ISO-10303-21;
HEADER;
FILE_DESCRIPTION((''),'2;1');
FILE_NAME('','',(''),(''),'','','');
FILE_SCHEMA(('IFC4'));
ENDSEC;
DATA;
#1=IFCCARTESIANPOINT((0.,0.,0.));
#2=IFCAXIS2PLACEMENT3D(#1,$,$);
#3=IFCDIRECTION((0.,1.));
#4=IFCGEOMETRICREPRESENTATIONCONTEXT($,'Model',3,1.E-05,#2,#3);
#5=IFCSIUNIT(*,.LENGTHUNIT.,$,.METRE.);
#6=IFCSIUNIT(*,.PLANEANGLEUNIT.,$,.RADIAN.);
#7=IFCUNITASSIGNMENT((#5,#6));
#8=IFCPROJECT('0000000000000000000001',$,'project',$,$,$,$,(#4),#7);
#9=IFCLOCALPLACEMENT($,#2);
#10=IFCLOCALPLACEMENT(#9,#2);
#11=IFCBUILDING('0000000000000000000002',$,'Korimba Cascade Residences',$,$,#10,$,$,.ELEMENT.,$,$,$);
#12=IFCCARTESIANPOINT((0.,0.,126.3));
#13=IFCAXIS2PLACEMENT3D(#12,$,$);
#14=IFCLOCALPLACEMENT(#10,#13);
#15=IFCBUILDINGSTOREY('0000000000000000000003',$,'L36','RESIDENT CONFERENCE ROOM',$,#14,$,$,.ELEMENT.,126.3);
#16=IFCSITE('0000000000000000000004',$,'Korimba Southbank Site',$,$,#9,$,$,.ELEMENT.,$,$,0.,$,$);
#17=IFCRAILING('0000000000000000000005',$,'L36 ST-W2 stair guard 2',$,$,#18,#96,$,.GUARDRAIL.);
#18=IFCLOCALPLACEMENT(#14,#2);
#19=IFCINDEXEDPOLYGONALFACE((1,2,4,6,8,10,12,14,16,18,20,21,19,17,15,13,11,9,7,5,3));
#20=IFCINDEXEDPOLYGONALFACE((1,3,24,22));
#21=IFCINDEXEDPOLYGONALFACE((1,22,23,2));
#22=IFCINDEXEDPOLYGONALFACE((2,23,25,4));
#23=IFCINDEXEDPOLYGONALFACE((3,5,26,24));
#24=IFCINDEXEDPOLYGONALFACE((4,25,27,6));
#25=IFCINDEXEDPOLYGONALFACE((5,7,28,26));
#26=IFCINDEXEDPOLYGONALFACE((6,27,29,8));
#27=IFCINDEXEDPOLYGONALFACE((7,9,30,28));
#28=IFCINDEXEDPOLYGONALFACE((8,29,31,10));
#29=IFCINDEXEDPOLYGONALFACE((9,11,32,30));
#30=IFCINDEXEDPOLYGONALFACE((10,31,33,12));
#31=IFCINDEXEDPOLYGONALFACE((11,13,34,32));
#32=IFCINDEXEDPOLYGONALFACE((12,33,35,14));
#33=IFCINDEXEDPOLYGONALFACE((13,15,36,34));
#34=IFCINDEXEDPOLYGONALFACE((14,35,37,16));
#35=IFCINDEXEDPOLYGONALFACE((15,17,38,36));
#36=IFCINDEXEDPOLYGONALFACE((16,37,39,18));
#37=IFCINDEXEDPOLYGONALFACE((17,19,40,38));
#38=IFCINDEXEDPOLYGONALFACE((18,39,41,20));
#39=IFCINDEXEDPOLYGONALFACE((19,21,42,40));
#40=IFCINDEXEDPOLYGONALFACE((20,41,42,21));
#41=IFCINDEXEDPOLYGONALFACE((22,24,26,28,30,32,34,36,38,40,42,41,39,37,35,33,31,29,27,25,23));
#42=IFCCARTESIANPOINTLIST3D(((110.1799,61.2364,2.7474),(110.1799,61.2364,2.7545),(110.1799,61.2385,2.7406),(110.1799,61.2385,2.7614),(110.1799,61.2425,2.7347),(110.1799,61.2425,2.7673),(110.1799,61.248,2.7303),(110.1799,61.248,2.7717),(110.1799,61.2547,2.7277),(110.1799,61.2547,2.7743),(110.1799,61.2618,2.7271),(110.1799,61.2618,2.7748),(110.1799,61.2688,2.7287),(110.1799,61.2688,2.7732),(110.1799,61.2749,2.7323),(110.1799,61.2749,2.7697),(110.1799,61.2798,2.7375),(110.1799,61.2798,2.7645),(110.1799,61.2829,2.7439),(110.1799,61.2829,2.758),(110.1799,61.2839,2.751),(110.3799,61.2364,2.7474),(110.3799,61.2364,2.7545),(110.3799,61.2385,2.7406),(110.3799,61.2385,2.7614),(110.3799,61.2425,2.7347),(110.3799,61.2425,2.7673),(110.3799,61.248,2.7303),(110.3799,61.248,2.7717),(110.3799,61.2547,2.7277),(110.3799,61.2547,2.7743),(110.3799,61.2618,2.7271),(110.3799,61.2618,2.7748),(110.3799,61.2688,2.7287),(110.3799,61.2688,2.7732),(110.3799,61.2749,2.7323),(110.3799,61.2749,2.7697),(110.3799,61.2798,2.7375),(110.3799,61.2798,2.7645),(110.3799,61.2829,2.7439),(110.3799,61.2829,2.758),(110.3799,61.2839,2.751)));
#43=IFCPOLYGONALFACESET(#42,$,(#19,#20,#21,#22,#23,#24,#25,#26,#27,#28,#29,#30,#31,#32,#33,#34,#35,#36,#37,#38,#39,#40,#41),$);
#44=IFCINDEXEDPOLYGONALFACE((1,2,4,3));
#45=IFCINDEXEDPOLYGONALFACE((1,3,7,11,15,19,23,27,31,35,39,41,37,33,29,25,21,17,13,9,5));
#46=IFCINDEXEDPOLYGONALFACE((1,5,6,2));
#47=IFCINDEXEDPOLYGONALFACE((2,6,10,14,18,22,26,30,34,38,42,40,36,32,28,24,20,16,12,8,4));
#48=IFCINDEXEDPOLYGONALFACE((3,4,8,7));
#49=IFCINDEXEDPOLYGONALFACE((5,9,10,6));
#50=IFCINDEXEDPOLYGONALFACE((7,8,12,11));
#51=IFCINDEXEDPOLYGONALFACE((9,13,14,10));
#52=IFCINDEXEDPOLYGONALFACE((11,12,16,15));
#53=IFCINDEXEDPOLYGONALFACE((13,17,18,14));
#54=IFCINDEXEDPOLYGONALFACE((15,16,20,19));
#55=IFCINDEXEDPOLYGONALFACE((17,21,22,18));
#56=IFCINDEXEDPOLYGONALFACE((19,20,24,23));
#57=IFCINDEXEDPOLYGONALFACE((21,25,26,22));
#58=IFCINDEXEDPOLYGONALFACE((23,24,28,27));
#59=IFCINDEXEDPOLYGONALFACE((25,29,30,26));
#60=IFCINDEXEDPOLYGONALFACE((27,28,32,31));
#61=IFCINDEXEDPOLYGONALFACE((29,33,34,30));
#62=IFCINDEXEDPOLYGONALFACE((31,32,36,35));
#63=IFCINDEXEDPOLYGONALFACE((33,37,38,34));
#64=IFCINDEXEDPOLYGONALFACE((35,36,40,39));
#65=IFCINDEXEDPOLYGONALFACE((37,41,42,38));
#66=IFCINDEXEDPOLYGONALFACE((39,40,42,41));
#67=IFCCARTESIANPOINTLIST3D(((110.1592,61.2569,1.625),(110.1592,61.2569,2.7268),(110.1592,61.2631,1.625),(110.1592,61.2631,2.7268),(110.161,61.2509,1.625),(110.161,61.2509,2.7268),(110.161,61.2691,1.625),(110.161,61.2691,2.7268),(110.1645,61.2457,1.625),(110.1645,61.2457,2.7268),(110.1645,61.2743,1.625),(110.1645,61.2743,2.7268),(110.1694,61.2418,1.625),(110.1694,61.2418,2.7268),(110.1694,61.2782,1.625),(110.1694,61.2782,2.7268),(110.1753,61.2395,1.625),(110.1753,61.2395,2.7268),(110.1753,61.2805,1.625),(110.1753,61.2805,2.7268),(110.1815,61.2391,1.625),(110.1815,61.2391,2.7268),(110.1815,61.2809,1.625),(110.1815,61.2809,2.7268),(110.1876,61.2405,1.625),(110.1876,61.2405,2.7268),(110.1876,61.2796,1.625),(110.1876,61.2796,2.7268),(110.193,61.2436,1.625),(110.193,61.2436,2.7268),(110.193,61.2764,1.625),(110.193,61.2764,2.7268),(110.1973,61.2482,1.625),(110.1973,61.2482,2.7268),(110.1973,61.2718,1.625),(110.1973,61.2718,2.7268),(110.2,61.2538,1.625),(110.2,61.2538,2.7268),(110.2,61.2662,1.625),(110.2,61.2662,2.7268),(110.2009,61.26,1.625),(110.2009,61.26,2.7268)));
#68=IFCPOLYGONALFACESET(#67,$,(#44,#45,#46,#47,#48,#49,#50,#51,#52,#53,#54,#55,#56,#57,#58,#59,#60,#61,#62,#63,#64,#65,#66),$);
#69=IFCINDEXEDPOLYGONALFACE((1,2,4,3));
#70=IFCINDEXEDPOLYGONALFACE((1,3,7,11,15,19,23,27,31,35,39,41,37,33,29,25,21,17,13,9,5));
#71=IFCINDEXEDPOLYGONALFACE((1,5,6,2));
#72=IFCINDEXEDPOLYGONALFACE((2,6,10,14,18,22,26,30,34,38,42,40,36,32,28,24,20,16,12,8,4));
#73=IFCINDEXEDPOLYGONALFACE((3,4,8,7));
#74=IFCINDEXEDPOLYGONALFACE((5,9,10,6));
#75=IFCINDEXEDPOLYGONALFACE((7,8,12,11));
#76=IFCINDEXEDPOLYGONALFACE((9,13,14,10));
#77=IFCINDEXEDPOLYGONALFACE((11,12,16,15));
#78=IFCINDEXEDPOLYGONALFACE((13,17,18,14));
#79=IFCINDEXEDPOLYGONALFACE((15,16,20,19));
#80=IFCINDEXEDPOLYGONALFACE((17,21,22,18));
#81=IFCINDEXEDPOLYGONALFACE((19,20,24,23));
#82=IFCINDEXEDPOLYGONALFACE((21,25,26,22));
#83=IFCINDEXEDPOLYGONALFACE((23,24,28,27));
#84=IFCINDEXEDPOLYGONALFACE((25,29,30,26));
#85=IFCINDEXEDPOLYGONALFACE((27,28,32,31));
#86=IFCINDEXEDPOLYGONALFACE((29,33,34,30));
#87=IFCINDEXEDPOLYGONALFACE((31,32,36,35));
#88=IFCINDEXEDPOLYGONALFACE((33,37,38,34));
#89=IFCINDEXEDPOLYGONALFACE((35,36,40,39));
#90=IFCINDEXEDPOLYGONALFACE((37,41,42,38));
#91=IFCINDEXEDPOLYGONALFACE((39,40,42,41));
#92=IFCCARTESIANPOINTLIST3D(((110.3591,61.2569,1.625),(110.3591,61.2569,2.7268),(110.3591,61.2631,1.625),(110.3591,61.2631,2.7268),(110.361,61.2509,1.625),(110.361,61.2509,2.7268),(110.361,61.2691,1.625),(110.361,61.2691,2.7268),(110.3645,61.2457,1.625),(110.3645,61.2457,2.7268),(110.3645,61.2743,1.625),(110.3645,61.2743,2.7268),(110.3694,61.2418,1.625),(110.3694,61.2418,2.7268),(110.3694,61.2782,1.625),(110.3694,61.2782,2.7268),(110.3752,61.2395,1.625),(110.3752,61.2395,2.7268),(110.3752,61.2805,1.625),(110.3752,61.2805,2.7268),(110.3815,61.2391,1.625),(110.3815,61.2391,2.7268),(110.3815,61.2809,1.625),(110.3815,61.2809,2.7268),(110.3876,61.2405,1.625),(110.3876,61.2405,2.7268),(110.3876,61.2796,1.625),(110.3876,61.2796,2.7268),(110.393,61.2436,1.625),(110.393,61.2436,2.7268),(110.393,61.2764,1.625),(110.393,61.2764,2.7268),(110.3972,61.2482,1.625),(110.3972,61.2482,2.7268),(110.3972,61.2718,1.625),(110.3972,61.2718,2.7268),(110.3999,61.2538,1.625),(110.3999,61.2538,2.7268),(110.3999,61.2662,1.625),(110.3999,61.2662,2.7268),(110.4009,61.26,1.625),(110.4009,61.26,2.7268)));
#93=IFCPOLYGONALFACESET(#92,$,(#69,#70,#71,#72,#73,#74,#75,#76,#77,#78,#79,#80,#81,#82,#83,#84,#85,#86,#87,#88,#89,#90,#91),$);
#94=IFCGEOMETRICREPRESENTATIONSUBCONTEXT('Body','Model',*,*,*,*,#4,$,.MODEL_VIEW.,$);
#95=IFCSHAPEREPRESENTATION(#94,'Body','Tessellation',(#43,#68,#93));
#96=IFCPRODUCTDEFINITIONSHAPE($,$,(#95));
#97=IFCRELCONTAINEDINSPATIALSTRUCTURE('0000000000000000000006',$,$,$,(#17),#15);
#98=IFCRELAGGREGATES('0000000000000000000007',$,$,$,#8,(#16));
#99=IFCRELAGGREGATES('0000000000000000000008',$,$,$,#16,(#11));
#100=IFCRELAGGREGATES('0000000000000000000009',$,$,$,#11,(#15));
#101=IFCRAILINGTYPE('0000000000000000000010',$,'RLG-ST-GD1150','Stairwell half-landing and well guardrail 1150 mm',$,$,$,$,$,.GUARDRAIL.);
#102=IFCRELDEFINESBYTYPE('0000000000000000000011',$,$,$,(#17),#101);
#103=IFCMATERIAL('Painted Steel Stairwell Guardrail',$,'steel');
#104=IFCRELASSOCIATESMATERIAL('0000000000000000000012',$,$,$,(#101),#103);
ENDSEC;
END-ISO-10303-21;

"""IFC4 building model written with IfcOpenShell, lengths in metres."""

from ifc_helpers import new_model, si_unit, direction, frame, origin, origin_2d, place, context, subcontext, project, spatial, circle, extrude, material, type_object, element, save


model = new_model("IFC4")

# Units and contexts
model_context = context("Model", 3, precision=1e-05, world=origin(), true_north=direction((0.0, 1.0)))
body_context = subcontext(model_context, "Body", "Model", "MODEL_VIEW")
ifc_project = project(units=[si_unit("LENGTHUNIT", "METRE"), si_unit("PLANEANGLEUNIT", "RADIAN")], contexts=[model_context])

# Site, building, storey
site_placement = place(None, origin())
site = spatial("IfcSite", under=ifc_project, at=site_placement, Name="Korimba Southbank Site", CompositionType="ELEMENT", RefElevation=0.0)
building_placement = place(site_placement, origin())
building = spatial("IfcBuilding", under=site, at=building_placement, Name="Korimba Cascade Residences", CompositionType="ELEMENT")
storey_placement = place(building_placement, frame((0.0, 0.0, 126.3)))
storey = spatial("IfcBuildingStorey", under=building, at=storey_placement, Name="L36", Description="RESIDENT CONFERENCE ROOM", CompositionType="ELEMENT", Elevation=126.3)

# Railing
ifc_material_1 = material(Name="Painted Steel Stairwell Guardrail", Category="steel")
railing_type_1 = type_object("IfcRailingType", Name="RLG-ST-GD1150", Description="Stairwell half-landing and well guardrail 1150 mm", PredefinedType="GUARDRAIL", material=ifc_material_1)
railing_1_placement = place(storey_placement, frame((110.1799, 61.26, 1.625)))
element("IfcRailing", 1, at=railing_1_placement, inside=storey, type_object=railing_type_1, Name="L36 ST-W2 stair guard 2", PredefinedType="GUARDRAIL", context=body_context, shape_type="SweptSolid", body=[
    extrude(circle(Radius=0.0239, at=origin_2d()), frame((0.0, 0.0, 1.126), z_axis=(1.0, 0.0, 0.0), x_axis=(0.0, 1.0, 0.0)), (0.0, 0.0, 1.0), 0.2),
    extrude(circle(Radius=0.021, at=origin_2d()), origin(), (0.0, 0.0, 1.0), 1.1018),
    extrude(circle(Radius=0.021, at=origin_2d()), frame((0.2, 0.0, 0.0)), (0.0, 0.0, 1.0), 1.1018),
])

save(model, "model.ifc")
